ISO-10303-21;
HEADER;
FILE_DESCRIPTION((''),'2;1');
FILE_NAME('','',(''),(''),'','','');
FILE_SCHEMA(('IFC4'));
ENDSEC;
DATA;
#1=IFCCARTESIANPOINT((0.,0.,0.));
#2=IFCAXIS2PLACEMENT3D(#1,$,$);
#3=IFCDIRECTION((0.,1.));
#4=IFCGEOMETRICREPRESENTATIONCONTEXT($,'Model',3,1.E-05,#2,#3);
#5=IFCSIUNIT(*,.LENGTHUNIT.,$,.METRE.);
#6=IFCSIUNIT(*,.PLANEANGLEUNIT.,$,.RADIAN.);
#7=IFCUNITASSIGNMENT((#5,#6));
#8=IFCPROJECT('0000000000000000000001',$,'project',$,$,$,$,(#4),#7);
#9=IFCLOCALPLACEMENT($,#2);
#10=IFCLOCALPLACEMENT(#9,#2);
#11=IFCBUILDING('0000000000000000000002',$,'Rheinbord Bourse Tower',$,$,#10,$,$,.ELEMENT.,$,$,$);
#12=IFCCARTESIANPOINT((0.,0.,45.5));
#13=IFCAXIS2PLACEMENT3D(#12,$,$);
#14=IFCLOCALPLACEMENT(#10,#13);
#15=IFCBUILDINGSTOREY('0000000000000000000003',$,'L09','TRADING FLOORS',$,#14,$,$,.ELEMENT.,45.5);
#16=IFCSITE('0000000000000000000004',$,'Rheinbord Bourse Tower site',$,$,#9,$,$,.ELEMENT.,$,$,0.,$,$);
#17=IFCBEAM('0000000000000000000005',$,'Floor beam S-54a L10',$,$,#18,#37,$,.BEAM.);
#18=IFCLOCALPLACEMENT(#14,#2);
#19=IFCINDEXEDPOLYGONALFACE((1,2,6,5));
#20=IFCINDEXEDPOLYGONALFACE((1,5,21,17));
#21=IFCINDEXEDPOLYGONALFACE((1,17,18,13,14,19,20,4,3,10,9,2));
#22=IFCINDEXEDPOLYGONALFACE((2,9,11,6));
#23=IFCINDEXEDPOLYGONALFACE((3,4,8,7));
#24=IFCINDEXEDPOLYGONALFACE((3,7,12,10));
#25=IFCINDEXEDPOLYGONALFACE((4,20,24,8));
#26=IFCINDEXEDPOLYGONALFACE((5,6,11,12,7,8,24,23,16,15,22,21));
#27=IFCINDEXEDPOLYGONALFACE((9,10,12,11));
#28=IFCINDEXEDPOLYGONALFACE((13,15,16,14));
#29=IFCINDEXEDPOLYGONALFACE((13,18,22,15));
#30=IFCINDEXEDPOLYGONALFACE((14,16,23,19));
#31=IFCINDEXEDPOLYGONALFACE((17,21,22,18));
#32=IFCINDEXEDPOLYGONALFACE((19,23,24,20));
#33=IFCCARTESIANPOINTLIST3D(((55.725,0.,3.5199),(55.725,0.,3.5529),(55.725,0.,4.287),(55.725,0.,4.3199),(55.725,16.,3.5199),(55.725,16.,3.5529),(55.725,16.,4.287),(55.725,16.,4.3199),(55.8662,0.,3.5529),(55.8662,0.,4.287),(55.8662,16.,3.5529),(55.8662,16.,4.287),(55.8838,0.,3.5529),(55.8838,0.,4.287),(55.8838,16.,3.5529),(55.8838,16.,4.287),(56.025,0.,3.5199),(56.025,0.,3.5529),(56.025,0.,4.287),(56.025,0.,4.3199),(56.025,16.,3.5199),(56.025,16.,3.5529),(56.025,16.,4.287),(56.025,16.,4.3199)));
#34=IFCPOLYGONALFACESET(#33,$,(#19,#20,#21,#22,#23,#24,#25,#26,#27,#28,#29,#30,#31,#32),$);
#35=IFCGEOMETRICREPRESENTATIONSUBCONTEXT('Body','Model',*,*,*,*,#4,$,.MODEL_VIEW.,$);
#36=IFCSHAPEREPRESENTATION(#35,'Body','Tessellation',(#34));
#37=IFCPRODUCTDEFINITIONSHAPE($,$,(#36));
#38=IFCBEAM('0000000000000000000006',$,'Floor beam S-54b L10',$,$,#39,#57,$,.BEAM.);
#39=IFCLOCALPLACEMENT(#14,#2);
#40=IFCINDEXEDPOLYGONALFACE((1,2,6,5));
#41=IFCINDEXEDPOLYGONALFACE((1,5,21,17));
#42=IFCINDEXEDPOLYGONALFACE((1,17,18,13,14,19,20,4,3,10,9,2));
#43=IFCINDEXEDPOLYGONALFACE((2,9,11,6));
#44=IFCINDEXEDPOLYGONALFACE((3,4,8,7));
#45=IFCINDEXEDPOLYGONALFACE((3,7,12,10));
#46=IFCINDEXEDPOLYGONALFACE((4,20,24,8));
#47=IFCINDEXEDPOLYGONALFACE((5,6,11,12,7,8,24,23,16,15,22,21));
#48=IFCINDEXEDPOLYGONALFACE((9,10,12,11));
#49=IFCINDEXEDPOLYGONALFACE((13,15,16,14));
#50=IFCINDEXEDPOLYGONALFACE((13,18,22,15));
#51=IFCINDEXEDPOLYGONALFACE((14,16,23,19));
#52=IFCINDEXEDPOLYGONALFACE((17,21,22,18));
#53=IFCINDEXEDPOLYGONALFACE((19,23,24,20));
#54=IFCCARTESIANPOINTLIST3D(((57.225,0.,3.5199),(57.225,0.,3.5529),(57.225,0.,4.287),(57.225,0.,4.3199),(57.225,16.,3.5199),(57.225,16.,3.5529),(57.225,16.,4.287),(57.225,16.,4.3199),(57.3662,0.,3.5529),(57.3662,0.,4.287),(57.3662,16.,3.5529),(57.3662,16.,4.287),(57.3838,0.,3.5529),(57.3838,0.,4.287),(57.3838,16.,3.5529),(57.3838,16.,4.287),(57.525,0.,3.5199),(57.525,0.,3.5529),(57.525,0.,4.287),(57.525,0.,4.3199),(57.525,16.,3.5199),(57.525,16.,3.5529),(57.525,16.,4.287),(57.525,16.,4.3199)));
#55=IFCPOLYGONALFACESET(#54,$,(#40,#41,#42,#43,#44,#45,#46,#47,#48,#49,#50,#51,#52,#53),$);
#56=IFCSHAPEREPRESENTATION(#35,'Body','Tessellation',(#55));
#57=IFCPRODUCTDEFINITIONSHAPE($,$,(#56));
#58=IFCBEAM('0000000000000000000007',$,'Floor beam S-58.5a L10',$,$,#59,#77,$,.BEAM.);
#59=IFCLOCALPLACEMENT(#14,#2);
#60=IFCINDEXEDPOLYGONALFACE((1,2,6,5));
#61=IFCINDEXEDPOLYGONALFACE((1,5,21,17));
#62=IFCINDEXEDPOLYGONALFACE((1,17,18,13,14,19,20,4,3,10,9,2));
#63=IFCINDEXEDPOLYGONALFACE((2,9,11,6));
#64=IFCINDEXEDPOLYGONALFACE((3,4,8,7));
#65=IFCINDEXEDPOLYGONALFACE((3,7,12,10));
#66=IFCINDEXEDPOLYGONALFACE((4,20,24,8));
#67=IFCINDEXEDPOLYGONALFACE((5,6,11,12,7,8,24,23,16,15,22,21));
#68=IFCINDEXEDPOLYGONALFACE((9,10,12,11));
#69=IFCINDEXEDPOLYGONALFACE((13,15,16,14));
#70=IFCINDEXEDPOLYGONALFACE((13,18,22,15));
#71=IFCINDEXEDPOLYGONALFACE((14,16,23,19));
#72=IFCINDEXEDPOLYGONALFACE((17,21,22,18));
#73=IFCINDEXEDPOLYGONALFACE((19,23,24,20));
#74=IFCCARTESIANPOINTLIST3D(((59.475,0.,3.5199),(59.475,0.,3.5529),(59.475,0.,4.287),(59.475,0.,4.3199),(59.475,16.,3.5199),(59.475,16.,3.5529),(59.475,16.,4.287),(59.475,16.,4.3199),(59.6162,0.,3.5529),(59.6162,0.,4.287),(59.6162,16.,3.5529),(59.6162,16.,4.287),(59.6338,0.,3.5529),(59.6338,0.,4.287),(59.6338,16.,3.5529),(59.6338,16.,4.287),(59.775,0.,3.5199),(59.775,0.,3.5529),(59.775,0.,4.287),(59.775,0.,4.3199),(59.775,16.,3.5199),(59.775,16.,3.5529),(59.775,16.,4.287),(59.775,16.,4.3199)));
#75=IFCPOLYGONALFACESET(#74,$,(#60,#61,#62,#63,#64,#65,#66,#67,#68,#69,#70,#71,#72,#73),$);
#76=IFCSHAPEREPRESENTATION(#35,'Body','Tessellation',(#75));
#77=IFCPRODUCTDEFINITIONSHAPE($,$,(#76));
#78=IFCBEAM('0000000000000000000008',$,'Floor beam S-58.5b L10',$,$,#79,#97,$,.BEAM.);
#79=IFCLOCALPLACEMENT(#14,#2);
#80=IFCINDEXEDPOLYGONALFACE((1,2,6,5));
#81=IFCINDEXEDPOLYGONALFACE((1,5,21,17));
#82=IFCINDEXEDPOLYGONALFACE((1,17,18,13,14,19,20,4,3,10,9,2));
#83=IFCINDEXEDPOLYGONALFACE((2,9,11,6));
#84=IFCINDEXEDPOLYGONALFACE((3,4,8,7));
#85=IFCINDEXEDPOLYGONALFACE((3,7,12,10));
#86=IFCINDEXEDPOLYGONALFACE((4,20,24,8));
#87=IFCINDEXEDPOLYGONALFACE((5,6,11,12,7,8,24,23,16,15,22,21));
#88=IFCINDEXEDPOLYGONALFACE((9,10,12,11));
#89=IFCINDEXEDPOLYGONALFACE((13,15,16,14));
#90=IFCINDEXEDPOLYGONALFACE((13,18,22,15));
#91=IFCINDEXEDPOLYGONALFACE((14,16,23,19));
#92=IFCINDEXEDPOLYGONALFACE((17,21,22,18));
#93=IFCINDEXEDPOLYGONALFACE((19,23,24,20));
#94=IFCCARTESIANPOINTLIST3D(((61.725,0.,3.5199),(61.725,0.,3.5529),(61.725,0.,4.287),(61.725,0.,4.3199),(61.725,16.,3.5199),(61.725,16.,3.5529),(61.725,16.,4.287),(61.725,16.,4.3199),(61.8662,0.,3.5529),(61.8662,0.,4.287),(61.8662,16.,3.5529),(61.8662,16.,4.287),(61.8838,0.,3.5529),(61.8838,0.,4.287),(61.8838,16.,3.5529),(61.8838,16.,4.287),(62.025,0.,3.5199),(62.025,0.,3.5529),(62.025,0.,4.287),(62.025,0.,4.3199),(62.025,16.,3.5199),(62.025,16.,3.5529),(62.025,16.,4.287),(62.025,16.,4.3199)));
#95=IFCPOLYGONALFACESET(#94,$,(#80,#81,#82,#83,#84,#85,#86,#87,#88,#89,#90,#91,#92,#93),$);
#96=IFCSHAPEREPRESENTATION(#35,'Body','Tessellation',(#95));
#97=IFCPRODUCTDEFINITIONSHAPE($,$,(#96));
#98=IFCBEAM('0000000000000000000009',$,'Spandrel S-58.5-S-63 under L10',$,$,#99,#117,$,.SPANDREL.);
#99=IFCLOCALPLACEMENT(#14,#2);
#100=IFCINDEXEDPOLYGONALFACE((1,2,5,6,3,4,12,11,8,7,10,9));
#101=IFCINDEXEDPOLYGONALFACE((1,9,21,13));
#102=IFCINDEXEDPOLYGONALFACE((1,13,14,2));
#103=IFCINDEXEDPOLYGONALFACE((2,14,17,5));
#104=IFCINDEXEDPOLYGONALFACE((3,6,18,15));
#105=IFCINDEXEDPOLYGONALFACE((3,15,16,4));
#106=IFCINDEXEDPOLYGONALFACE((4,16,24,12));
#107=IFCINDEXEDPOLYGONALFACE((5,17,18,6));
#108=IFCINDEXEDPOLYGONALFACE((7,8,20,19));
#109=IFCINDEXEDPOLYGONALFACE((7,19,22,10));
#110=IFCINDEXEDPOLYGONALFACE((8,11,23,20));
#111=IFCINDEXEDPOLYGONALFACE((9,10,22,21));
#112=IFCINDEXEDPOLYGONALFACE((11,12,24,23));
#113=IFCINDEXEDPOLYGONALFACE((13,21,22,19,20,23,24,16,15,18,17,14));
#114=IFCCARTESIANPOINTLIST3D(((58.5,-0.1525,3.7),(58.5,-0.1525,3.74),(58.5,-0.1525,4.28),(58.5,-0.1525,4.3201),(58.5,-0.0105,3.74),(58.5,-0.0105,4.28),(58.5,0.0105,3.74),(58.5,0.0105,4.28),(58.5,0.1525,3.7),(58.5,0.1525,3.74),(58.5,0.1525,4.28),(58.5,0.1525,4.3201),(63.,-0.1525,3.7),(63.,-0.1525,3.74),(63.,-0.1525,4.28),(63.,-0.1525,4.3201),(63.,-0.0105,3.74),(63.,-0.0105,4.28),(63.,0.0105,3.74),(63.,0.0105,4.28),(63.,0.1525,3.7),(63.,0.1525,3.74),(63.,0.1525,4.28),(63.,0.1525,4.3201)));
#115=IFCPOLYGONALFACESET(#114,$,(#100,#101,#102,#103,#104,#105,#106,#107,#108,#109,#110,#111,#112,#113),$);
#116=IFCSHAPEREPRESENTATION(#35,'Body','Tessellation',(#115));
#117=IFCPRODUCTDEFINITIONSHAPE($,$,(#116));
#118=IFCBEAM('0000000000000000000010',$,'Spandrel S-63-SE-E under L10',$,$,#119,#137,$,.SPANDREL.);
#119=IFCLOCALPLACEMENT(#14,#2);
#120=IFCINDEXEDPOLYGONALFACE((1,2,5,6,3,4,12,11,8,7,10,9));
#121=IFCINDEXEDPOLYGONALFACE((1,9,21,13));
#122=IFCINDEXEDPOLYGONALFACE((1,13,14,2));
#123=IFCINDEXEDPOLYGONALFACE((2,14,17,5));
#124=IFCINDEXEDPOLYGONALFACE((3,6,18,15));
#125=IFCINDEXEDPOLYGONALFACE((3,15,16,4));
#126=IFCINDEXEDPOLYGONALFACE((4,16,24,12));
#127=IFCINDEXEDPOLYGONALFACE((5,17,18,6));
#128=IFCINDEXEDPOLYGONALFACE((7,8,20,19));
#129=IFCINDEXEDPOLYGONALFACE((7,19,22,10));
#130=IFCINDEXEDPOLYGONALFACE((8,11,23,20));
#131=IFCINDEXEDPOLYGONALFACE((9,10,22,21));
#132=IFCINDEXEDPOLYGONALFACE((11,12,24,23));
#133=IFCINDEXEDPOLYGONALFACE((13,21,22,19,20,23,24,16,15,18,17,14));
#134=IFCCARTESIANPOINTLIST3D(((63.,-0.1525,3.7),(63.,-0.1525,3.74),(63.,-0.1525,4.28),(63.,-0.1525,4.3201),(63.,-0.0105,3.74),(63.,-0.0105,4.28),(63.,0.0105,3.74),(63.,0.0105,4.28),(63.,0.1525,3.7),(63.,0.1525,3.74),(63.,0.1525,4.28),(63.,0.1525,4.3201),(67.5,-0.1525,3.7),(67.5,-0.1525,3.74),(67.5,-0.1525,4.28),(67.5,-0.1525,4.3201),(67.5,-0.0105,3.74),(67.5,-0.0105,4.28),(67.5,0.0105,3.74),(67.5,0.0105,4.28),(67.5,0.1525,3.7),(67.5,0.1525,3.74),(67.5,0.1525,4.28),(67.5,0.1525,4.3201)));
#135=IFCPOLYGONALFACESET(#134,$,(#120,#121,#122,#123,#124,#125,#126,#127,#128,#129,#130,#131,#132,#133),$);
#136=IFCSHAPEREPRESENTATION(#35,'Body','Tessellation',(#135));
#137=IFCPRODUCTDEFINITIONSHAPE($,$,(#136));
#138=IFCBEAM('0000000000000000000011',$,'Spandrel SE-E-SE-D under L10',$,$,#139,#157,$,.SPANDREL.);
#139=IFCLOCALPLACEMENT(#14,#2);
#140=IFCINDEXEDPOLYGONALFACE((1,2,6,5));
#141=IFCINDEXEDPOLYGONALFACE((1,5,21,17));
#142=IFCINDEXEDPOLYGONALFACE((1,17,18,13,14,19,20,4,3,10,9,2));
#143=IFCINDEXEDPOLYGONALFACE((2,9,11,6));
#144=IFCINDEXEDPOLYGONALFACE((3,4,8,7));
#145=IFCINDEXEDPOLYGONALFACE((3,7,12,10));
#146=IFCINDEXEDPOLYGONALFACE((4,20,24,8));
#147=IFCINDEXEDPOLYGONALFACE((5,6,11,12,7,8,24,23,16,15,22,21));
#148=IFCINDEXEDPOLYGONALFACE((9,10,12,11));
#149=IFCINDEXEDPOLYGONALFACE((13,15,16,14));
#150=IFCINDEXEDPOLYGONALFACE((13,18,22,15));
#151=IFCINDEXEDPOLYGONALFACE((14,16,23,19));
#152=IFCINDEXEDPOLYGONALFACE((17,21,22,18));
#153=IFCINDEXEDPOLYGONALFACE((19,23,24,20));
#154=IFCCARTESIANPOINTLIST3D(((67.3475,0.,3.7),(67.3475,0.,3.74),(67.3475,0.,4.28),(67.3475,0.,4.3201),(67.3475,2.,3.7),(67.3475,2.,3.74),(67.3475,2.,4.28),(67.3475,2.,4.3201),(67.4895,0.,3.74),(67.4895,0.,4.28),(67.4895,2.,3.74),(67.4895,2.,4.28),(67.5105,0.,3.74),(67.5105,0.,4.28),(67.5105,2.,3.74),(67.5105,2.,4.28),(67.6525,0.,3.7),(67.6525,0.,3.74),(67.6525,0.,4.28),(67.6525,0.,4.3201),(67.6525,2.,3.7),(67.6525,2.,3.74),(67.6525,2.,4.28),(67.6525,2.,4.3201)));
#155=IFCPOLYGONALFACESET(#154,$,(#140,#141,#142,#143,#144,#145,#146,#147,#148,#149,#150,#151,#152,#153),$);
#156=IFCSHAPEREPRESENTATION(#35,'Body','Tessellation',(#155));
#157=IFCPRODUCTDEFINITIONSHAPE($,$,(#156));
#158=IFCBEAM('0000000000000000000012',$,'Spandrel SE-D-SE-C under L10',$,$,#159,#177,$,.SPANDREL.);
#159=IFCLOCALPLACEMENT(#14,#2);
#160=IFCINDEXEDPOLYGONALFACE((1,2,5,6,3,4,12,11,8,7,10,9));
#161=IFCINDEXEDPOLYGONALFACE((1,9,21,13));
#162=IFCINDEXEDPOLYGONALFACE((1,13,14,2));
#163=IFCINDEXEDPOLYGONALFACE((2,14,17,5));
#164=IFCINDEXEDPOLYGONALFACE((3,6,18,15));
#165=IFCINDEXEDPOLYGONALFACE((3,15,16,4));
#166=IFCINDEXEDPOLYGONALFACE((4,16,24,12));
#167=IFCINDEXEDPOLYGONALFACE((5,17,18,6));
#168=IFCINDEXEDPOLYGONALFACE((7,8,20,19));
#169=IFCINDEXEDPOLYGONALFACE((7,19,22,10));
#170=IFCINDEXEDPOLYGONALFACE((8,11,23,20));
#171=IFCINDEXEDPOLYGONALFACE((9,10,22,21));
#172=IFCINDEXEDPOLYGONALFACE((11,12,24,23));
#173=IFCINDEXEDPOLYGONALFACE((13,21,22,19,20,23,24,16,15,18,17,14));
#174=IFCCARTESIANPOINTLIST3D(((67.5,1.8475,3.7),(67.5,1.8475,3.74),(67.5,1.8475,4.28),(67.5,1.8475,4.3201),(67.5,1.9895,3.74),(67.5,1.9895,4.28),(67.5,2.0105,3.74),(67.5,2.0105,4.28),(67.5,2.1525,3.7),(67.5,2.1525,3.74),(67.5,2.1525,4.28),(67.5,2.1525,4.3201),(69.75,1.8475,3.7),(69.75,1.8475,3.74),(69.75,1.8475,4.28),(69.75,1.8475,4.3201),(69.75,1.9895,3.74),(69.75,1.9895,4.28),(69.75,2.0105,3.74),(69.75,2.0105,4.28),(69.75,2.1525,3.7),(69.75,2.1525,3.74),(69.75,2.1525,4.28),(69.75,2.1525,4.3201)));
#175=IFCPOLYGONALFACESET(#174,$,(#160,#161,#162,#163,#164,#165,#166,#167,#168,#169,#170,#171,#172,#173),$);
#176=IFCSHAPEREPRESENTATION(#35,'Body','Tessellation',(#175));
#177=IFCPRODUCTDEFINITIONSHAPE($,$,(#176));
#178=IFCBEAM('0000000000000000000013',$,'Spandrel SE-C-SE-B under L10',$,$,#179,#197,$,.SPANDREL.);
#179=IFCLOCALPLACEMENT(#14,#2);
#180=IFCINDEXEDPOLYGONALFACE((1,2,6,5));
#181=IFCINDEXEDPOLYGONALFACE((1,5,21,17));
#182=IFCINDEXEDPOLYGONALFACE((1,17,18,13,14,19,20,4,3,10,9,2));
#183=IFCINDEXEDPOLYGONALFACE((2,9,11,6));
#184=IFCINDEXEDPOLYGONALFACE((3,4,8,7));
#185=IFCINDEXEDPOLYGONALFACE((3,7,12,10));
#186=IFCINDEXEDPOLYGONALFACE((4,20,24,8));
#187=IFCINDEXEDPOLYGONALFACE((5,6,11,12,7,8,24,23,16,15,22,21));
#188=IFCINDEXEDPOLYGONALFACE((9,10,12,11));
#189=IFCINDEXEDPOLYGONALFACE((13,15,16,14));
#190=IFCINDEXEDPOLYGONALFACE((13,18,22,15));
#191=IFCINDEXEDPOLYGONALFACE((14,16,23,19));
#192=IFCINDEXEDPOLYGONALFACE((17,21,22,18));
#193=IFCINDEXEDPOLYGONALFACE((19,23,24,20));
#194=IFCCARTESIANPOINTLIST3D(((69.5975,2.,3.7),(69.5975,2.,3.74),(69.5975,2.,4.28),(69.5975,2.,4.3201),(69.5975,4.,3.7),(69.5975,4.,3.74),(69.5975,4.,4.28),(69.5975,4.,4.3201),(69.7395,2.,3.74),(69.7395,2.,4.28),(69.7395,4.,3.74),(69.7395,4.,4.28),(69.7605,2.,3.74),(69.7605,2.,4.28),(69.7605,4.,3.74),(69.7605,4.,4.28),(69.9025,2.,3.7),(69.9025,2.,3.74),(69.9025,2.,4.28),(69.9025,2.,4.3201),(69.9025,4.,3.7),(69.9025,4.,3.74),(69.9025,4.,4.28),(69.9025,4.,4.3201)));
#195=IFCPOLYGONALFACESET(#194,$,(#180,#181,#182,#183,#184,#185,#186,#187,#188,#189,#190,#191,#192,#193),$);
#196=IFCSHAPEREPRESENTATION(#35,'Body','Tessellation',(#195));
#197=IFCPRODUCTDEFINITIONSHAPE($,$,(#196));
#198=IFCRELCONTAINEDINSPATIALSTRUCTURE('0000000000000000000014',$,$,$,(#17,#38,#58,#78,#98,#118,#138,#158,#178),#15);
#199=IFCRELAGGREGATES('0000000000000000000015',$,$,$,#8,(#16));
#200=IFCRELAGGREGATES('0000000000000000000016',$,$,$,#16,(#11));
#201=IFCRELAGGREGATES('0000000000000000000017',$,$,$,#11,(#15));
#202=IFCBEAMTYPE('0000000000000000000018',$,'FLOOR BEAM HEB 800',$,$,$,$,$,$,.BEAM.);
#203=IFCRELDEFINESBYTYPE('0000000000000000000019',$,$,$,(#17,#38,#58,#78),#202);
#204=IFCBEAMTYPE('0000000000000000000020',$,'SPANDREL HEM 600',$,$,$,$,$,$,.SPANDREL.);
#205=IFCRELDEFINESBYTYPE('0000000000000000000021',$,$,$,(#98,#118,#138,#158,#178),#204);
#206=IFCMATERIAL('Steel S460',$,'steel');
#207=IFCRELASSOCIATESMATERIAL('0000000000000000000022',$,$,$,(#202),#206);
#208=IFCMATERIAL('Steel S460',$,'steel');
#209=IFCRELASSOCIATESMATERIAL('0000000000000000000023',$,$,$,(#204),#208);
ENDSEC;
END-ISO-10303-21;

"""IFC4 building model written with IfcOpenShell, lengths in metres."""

from ifc_helpers import new_model, si_unit, direction, frame, origin, origin_2d, place, context, subcontext, project, spatial, i_section, extrude, material, material_profile, profile_set, type_object, element, save


model = new_model("IFC4")

# Units and contexts
model_context = context("Model", 3, precision=1e-05, world=origin(), true_north=direction((0.0, 1.0)))
body_context = subcontext(model_context, "Body", "Model", "MODEL_VIEW")
ifc_project = project(units=[si_unit("LENGTHUNIT", "METRE"), si_unit("PLANEANGLEUNIT", "RADIAN")], contexts=[model_context])

# Site, building, storey
site_placement = place(None, origin())
site = spatial("IfcSite", under=ifc_project, at=site_placement, Name="Rheinbord Bourse Tower site", CompositionType="ELEMENT", RefElevation=0.0)
building_placement = place(site_placement, origin())
building = spatial("IfcBuilding", under=site, at=building_placement, Name="Rheinbord Bourse Tower", CompositionType="ELEMENT")
storey_placement = place(building_placement, frame((0.0, 0.0, 45.5)))
storey = spatial("IfcBuildingStorey", under=building, at=storey_placement, Name="L09", Description="TRADING FLOORS", CompositionType="ELEMENT", Elevation=45.5)

# Beams
ifc_material_1 = material(Name="Steel S460", Category="steel")
ifc_material_profile_1 = material_profile(ifc_material_1, i_section(OverallWidth=0.3, OverallDepth=0.8, WebThickness=0.0176, FlangeThickness=0.033, at=origin_2d()), Name="HEB 800")
ifc_profile_set_1 = profile_set([ifc_material_profile_1], Name="Steel S460")
beam_type_1 = type_object("IfcBeamType", Name="FLOOR BEAM HEB 800", PredefinedType="BEAM", material=ifc_profile_set_1)
for number, where, z_axis, x_axis, name in (
    (1, (55.875, 0.0, 3.9199), (0.0, 1.0, 0.0), (-1.0, 0.0, 0.0), "Floor beam S-54a L10"),
    (2, (57.375, 0.0, 3.9199), (0.0, 1.0, 0.0), (-1.0, 0.0, 0.0), "Floor beam S-54b L10"),
    (3, (59.625, 0.0, 3.9199), (0.0, 1.0, 0.0), (-1.0, 0.0, 0.0), "Floor beam S-58.5a L10"),
    (4, (61.875, 0.0, 3.9199), (0.0, 1.0, 0.0), (-1.0, 0.0, 0.0), "Floor beam S-58.5b L10"),
):
    element("IfcBeam", number, at=place(storey_placement, frame(where, z_axis=z_axis, x_axis=x_axis)), inside=storey, type_object=beam_type_1, Name=name, PredefinedType="BEAM", context=body_context, shape_type="SweptSolid", body=[
        extrude(i_section(OverallWidth=0.3, OverallDepth=0.8, WebThickness=0.0176, FlangeThickness=0.033, at=origin_2d()), origin(), (0.0, 0.0, 1.0), 16.0),
    ])
ifc_material_2 = material(Name="Steel S460", Category="steel")
ifc_material_profile_2 = material_profile(ifc_material_2, i_section(OverallWidth=0.3049, OverallDepth=0.6201, WebThickness=0.021, FlangeThickness=0.04, at=origin_2d()), Name="HEM 600")
ifc_profile_set_2 = profile_set([ifc_material_profile_2], Name="Steel S460")
beam_type_2 = type_object("IfcBeamType", Name="SPANDREL HEM 600", PredefinedType="SPANDREL", material=ifc_profile_set_2)
for number, where, z_axis, x_axis, name in (
    (5, (58.5, 0.0, 4.01), (1.0, 0.0, 0.0), (0.0, 1.0, 0.0), "Spandrel S-58.5-S-63 under L10"),
    (6, (63.0, 0.0, 4.01), (1.0, 0.0, 0.0), (0.0, 1.0, 0.0), "Spandrel S-63-SE-E under L10"),
):
    element("IfcBeam", number, at=place(storey_placement, frame(where, z_axis=z_axis, x_axis=x_axis)), inside=storey, type_object=beam_type_2, Name=name, PredefinedType="SPANDREL", context=body_context, shape_type="SweptSolid", body=[
        extrude(i_section(OverallWidth=0.3049, OverallDepth=0.6201, WebThickness=0.021, FlangeThickness=0.04, at=origin_2d()), origin(), (0.0, 0.0, 1.0), 4.5),
    ])
beam_1_placement = place(storey_placement, frame((67.5, 0.0, 4.01), z_axis=(0.0, 1.0, 0.0), x_axis=(-1.0, 0.0, 0.0)))
element("IfcBeam", 7, at=beam_1_placement, inside=storey, type_object=beam_type_2, Name="Spandrel SE-E-SE-D under L10", PredefinedType="SPANDREL", context=body_context, shape_type="SweptSolid", body=[
    extrude(i_section(OverallWidth=0.3049, OverallDepth=0.6201, WebThickness=0.021, FlangeThickness=0.04, at=origin_2d()), origin(), (0.0, 0.0, 1.0), 2.0),
])
beam_2_placement = place(storey_placement, frame((67.5, 2.0, 4.01), z_axis=(1.0, 0.0, 0.0), x_axis=(0.0, 1.0, 0.0)))
element("IfcBeam", 8, at=beam_2_placement, inside=storey, type_object=beam_type_2, Name="Spandrel SE-D-SE-C under L10", PredefinedType="SPANDREL", context=body_context, shape_type="SweptSolid", body=[
    extrude(i_section(OverallWidth=0.3049, OverallDepth=0.6201, WebThickness=0.021, FlangeThickness=0.04, at=origin_2d()), origin(), (0.0, 0.0, 1.0), 2.25),
])
beam_3_placement = place(storey_placement, frame((69.75, 2.0, 4.01), z_axis=(0.0, 1.0, 0.0), x_axis=(-1.0, 0.0, 0.0)))
element("IfcBeam", 9, at=beam_3_placement, inside=storey, type_object=beam_type_2, Name="Spandrel SE-C-SE-B under L10", PredefinedType="SPANDREL", context=body_context, shape_type="SweptSolid", body=[
    extrude(i_section(OverallWidth=0.3049, OverallDepth=0.6201, WebThickness=0.021, FlangeThickness=0.04, at=origin_2d()), origin(), (0.0, 0.0, 1.0), 2.0),
])

save(model, "model.ifc")
